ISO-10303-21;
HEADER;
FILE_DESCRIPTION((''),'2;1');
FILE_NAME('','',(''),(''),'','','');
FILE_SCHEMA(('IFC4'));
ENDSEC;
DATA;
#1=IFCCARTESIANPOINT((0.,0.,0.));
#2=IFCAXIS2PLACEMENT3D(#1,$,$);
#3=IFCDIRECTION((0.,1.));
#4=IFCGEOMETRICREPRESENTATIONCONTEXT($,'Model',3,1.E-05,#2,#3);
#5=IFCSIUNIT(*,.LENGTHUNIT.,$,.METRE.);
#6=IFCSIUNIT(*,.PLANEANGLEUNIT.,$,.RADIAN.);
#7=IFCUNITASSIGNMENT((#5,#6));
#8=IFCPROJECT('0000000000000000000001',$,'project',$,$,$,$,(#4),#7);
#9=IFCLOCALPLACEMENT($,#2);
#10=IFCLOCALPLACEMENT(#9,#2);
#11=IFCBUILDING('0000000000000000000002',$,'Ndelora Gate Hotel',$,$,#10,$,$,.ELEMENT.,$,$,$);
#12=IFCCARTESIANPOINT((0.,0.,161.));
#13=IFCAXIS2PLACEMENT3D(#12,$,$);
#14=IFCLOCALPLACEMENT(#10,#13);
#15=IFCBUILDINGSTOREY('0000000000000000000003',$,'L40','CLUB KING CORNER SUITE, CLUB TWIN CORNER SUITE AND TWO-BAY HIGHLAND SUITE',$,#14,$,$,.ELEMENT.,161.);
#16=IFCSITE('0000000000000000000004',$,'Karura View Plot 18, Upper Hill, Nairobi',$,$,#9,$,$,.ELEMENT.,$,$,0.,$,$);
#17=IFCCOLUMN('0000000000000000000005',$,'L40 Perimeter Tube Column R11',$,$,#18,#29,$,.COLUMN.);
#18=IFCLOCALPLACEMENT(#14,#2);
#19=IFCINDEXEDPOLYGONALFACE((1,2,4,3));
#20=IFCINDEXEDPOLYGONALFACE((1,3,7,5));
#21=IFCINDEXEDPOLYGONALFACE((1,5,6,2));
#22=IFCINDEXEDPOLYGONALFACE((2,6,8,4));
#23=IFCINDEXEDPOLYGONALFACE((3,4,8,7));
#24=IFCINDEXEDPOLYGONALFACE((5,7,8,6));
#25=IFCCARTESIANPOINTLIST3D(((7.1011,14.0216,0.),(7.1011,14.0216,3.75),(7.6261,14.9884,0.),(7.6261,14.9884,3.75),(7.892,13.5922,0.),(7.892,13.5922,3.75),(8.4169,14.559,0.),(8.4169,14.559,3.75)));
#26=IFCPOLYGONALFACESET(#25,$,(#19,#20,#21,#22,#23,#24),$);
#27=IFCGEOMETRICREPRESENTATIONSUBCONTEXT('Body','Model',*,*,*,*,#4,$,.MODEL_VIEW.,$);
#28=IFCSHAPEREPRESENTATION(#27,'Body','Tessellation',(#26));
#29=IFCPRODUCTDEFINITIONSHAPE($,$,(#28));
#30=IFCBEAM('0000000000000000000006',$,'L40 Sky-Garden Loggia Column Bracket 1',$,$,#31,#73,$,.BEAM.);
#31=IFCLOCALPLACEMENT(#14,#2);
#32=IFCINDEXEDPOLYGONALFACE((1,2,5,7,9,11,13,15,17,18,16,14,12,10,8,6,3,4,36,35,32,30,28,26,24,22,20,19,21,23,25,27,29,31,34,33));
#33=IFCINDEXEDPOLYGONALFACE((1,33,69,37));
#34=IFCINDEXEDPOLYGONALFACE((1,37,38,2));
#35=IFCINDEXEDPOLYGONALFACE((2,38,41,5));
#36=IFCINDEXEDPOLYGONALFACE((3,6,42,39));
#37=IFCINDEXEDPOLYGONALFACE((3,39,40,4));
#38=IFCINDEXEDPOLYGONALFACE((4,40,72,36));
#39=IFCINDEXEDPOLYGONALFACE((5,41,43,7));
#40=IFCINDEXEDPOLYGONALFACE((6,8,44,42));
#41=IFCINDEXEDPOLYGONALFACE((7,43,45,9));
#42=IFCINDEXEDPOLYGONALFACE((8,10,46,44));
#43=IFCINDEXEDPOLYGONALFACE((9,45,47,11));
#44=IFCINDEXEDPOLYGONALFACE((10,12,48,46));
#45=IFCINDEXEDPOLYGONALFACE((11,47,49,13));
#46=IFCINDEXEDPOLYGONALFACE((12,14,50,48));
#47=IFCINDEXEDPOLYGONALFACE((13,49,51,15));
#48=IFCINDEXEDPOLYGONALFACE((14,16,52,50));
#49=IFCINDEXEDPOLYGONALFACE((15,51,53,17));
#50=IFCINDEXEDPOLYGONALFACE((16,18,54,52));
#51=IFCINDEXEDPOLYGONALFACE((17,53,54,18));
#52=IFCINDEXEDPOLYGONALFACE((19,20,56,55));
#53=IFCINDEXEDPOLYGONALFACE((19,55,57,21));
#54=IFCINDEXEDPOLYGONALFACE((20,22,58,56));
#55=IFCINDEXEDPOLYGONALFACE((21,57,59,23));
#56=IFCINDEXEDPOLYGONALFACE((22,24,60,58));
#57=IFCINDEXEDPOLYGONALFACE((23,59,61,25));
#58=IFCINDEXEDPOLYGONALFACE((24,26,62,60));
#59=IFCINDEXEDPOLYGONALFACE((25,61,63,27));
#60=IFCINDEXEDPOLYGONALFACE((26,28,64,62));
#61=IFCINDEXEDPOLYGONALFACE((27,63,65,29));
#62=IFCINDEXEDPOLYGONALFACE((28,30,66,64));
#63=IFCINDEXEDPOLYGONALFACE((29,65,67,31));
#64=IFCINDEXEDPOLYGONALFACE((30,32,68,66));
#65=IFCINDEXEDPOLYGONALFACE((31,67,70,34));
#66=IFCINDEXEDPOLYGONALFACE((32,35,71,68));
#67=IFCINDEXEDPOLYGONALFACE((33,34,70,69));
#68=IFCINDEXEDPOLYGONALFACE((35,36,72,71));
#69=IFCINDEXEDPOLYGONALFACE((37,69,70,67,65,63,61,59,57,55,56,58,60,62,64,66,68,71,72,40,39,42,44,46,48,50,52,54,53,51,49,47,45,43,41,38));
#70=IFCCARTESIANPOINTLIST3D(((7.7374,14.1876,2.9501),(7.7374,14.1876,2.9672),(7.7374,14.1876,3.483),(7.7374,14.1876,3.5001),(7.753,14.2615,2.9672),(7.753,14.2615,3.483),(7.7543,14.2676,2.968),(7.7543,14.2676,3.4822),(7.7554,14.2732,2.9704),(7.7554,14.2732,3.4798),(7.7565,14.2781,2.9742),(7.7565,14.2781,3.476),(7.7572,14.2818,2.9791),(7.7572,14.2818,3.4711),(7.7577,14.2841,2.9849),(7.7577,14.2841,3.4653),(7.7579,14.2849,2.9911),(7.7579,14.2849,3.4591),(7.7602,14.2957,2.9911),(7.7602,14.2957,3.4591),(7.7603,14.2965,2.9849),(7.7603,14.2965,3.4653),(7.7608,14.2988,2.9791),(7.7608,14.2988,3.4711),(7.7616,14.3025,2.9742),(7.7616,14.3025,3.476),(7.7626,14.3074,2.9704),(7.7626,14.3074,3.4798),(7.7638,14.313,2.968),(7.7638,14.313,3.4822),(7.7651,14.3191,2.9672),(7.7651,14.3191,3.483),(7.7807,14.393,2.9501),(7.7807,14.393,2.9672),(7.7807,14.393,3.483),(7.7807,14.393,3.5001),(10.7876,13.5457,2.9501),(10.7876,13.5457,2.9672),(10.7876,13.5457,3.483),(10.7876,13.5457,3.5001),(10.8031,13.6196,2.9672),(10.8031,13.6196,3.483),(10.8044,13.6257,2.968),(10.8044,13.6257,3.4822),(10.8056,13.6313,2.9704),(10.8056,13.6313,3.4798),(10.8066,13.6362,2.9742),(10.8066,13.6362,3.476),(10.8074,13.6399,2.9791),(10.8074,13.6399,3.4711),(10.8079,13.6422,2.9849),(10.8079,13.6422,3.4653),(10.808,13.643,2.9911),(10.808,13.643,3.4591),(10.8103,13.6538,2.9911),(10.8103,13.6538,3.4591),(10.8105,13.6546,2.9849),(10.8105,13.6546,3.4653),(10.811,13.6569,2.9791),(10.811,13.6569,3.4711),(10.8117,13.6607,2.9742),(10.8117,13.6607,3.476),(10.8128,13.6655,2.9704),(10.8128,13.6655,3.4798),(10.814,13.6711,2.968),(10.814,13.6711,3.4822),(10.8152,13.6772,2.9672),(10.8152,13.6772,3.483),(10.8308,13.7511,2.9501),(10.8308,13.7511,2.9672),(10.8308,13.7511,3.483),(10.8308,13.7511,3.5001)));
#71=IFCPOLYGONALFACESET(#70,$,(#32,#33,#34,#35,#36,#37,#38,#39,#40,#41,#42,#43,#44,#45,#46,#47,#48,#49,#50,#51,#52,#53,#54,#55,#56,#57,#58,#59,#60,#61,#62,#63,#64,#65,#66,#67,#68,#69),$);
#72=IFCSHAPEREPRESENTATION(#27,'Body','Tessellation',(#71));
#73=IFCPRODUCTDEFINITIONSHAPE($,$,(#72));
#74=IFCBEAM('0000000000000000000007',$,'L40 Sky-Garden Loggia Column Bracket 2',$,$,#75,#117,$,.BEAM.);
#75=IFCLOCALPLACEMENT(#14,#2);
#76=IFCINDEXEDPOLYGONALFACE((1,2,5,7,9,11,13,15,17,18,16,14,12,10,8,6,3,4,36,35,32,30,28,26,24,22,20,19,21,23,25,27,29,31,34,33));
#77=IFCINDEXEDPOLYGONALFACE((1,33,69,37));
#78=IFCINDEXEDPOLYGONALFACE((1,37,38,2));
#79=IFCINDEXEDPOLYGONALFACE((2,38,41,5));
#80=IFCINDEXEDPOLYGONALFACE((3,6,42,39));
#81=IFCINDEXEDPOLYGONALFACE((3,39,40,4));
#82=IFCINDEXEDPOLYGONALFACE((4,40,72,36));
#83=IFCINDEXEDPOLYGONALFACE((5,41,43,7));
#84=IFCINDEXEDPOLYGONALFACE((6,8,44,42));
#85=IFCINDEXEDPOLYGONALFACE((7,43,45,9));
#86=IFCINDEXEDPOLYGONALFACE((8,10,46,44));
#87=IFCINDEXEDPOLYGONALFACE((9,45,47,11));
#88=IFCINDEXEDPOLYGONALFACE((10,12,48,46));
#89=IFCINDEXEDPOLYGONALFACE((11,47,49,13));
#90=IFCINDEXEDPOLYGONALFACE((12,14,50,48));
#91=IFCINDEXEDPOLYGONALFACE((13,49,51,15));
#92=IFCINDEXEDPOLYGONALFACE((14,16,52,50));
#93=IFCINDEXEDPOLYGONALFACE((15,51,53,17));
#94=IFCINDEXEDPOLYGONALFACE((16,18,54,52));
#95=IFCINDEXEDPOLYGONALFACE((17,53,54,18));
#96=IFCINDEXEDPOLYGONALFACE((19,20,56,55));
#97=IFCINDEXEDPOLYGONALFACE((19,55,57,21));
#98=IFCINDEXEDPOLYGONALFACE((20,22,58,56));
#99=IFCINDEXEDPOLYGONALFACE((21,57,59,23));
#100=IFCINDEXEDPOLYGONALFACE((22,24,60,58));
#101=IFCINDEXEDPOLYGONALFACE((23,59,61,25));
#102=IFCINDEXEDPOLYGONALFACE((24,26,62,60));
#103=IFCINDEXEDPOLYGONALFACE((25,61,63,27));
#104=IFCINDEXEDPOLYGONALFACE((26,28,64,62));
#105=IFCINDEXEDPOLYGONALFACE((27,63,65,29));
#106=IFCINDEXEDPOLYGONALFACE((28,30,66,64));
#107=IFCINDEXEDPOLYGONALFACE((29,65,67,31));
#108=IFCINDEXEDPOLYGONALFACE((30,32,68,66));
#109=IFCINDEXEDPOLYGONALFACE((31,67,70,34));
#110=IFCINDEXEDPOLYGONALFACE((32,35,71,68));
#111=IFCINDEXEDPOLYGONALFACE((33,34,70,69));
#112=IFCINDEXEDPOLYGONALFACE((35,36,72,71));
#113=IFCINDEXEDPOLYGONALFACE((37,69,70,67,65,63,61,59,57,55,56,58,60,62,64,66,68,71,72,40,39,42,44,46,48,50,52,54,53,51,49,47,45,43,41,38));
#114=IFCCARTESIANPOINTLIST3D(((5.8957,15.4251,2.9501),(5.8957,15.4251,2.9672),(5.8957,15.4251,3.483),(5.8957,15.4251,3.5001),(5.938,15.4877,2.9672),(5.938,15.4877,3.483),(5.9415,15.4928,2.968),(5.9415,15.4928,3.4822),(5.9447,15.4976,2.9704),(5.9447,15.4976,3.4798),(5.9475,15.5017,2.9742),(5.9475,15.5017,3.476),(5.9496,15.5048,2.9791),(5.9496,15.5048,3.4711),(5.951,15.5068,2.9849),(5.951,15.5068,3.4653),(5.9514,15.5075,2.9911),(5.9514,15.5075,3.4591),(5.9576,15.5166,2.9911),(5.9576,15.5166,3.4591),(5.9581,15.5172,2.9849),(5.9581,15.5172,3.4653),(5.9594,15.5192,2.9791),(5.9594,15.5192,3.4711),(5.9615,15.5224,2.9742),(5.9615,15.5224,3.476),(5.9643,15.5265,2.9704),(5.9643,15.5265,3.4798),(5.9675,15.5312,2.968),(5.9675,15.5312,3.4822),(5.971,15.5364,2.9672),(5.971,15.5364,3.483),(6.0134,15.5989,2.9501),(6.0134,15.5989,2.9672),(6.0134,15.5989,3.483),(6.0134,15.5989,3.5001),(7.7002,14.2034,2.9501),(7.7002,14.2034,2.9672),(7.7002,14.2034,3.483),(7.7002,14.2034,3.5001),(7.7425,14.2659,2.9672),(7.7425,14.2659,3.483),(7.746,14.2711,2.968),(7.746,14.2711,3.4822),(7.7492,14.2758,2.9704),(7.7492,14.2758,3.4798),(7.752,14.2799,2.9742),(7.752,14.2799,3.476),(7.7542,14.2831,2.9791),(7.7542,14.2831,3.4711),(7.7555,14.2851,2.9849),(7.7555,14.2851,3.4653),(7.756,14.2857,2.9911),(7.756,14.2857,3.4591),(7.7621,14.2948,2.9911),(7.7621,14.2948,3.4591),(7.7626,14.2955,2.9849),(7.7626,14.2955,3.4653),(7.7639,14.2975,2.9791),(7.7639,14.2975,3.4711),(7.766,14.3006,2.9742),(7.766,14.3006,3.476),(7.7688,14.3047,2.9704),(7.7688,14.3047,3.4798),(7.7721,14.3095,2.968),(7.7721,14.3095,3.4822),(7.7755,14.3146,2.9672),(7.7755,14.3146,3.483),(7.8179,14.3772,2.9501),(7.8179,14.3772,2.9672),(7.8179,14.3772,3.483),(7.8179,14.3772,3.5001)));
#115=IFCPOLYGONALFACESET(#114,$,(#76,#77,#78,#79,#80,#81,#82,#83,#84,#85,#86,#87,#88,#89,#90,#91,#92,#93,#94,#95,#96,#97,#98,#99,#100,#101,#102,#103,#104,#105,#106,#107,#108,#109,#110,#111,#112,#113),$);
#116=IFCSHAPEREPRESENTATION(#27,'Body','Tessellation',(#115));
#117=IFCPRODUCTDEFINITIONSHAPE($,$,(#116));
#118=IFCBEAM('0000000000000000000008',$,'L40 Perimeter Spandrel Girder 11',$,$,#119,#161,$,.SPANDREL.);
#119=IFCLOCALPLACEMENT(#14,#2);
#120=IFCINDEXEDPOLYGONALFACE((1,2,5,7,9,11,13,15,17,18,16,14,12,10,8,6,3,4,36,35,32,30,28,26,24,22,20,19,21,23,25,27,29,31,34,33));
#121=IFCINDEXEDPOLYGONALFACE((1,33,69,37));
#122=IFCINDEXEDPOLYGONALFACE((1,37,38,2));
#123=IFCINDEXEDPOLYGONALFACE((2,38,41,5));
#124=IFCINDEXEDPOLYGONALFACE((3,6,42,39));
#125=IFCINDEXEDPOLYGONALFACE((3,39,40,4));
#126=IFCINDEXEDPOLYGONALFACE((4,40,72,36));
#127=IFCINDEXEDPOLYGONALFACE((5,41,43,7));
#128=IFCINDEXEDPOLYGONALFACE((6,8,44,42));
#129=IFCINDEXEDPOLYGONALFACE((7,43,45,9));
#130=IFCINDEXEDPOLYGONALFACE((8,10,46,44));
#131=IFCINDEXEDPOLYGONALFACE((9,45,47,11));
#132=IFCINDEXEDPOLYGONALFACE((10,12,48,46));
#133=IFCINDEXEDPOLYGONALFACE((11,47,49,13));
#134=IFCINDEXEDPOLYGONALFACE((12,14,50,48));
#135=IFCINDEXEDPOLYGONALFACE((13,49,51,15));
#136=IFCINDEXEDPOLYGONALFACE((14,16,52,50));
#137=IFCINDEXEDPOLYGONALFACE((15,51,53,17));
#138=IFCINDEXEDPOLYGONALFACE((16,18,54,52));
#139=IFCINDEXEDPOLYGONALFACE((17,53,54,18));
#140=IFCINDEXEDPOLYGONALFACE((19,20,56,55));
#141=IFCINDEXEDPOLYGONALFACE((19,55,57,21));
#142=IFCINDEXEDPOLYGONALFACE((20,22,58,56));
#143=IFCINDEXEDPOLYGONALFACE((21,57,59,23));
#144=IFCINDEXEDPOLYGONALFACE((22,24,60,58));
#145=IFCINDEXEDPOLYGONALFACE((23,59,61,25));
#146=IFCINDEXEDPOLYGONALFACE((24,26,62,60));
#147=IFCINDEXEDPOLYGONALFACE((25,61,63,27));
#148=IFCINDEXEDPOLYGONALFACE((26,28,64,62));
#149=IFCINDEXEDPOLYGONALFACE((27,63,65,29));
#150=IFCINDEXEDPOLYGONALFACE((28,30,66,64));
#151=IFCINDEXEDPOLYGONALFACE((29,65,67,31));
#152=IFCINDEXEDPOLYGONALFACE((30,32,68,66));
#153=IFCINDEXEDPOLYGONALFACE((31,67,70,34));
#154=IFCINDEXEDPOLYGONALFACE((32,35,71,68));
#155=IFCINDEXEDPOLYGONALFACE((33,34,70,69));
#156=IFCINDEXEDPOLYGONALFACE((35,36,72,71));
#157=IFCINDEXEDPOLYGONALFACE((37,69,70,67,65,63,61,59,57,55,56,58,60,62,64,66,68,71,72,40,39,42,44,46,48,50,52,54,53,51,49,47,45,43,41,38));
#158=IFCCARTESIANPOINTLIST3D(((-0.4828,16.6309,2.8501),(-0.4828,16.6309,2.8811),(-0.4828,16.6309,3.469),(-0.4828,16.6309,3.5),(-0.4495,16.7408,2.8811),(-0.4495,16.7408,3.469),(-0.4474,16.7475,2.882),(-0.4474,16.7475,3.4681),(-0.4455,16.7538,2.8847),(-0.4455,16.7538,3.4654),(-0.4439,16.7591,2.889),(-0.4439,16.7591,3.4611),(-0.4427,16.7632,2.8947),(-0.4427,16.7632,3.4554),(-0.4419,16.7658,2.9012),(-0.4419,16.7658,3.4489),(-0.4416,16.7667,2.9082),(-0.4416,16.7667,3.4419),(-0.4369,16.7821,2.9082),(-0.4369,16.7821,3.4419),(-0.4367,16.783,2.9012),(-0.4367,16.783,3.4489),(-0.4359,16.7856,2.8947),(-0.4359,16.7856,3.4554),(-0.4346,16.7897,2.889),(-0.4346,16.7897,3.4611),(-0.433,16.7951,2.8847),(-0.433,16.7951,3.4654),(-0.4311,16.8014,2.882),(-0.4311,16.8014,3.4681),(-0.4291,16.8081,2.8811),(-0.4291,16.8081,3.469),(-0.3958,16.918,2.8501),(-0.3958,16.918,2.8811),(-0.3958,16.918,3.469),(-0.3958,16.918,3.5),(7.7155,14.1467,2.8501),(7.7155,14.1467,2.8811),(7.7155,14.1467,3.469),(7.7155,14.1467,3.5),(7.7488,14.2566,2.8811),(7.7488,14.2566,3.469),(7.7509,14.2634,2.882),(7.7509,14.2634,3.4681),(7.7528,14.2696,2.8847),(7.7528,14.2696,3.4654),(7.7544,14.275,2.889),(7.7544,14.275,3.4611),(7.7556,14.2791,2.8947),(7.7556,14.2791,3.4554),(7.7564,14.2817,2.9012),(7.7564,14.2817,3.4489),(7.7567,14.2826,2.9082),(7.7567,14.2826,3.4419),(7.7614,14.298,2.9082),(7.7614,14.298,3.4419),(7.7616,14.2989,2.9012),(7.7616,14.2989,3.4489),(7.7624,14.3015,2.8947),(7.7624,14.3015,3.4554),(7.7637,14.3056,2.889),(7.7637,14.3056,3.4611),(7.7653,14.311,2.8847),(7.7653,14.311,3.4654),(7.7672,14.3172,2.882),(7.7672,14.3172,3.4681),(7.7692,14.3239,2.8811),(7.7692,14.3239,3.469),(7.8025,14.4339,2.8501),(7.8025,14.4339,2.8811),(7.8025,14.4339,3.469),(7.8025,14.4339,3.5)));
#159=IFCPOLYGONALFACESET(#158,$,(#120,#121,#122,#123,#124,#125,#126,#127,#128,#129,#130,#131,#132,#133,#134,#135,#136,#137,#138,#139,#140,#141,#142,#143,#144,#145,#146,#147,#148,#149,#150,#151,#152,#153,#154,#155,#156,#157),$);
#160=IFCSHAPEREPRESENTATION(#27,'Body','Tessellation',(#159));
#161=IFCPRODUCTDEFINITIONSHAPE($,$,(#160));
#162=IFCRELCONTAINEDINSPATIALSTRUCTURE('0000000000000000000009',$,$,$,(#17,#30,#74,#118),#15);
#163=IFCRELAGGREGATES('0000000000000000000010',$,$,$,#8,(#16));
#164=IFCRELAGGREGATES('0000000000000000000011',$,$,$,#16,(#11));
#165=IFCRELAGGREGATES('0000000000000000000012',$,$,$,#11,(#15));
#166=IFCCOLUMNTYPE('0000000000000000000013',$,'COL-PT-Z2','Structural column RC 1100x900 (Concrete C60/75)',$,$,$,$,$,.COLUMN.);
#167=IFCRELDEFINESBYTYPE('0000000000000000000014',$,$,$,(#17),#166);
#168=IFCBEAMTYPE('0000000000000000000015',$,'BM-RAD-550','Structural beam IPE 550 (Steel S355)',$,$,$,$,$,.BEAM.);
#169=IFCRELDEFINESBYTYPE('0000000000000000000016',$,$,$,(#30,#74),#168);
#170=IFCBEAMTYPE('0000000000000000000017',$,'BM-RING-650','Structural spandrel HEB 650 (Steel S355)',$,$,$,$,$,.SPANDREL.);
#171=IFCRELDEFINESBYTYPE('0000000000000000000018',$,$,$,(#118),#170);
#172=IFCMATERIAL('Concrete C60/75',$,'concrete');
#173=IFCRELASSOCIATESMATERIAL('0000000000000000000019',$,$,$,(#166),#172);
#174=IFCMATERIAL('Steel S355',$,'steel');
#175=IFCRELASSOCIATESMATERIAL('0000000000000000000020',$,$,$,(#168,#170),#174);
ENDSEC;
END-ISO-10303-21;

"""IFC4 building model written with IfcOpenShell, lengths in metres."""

from ifc_helpers import new_model, si_unit, direction, frame, origin, origin_2d, place, context, subcontext, project, spatial, rectangle, i_section, extrude, material, material_profile, profile_set, type_object, element, save


model = new_model("IFC4")

# Units and contexts
model_context = context("Model", 3, precision=1e-05, world=origin(), true_north=direction((0.0, 1.0)))
body_context = subcontext(model_context, "Body", "Model", "MODEL_VIEW")
ifc_project = project(units=[si_unit("LENGTHUNIT", "METRE"), si_unit("PLANEANGLEUNIT", "RADIAN")], contexts=[model_context])

# Site, building, storey
site_placement = place(None, origin())
site = spatial("IfcSite", under=ifc_project, at=site_placement, Name="Karura View Plot 18, Upper Hill, Nairobi", CompositionType="ELEMENT", RefElevation=0.0)
building_placement = place(site_placement, origin())
building = spatial("IfcBuilding", under=site, at=building_placement, Name="Ndelora Gate Hotel", CompositionType="ELEMENT")
storey_placement = place(building_placement, frame((0.0, 0.0, 161.0)))
storey = spatial("IfcBuildingStorey", under=building, at=storey_placement, Name="L40", Description="CLUB KING CORNER SUITE, CLUB TWIN CORNER SUITE AND TWO-BAY HIGHLAND SUITE", CompositionType="ELEMENT", Elevation=161.0)

# Column
ifc_material_1 = material(Name="Concrete C60/75", Category="concrete")
ifc_material_profile_1 = material_profile(ifc_material_1, rectangle(XDim=0.8999, YDim=1.1001, at=origin_2d()), Name="RC 1100x900")
ifc_profile_set_1 = profile_set([ifc_material_profile_1], Name="Concrete C60/75")
column_type = type_object("IfcColumnType", Name="COL-PT-Z2", Description="Structural column RC 1100x900 (Concrete C60/75)", PredefinedType="COLUMN", material=ifc_profile_set_1)
column_placement = place(storey_placement, frame((7.759, 14.2903, 0.0), z_axis=(0.0, 0.0, 1.0), x_axis=(-0.878817, 0.477159, 0.0)))
element("IfcColumn", 1, at=column_placement, inside=storey, type_object=column_type, Name="L40 Perimeter Tube Column R11", PredefinedType="COLUMN", context=body_context, shape_type="SweptSolid", body=[
    extrude(rectangle(XDim=0.8999, YDim=1.1001, at=origin_2d()), origin(), (0.0, 0.0, 1.0), 3.75),
])

# Beams
ifc_material_2 = material(Name="Steel S355", Category="steel")
ifc_material_profile_2 = material_profile(ifc_material_2, i_section(OverallWidth=0.21, OverallDepth=0.55, WebThickness=0.011, FlangeThickness=0.0171, FilletRadius=0.0239, at=origin_2d()), Name="IPE 550")
ifc_profile_set_2 = profile_set([ifc_material_profile_2], Name="Steel S355")
beam_type_1 = type_object("IfcBeamType", Name="BM-RAD-550", Description="Structural beam IPE 550 (Steel S355)", PredefinedType="BEAM", material=ifc_profile_set_2)
beam_1_placement = place(storey_placement, frame((7.759, 14.2903, 3.2251), z_axis=(0.978567, -0.205928, 0.0), x_axis=(0.205928, 0.978567, 0.0)))
element("IfcBeam", 2, at=beam_1_placement, inside=storey, type_object=beam_type_1, Name="L40 Sky-Garden Loggia Column Bracket 1", PredefinedType="BEAM", context=body_context, shape_type="SweptSolid", body=[
    extrude(i_section(OverallWidth=0.21, OverallDepth=0.55, WebThickness=0.011, FlangeThickness=0.0171, FilletRadius=0.0239, at=origin_2d()), origin(), (0.0, 0.0, 1.0), 3.1169),
])
beam_2_placement = place(storey_placement, frame((7.759, 14.2903, 3.2251), z_axis=(-0.828065, 0.560633, 0.0), x_axis=(-0.560633, -0.828065, 0.0)))
element("IfcBeam", 3, at=beam_2_placement, inside=storey, type_object=beam_type_1, Name="L40 Sky-Garden Loggia Column Bracket 2", PredefinedType="BEAM", context=body_context, shape_type="SweptSolid", body=[
    extrude(i_section(OverallWidth=0.21, OverallDepth=0.55, WebThickness=0.011, FlangeThickness=0.0171, FilletRadius=0.0239, at=origin_2d()), origin(), (0.0, 0.0, 1.0), 2.1792),
])
ifc_material_profile_3 = material_profile(ifc_material_2, i_section(OverallWidth=0.3, OverallDepth=0.6499, WebThickness=0.0161, FlangeThickness=0.031, FilletRadius=0.0271, at=origin_2d()), Name="HEB 650")
ifc_profile_set_3 = profile_set([ifc_material_profile_3], Name="Steel S355")
beam_type_2 = type_object("IfcBeamType", Name="BM-RING-650", Description="Structural spandrel HEB 650 (Steel S355)", PredefinedType="SPANDREL", material=ifc_profile_set_3)
beam_3_placement = place(storey_placement, frame((7.759, 14.2903, 3.175), z_axis=(-0.95703, 0.289988, 0.0), x_axis=(-0.289988, -0.95703, 0.0)))
element("IfcBeam", 4, at=beam_3_placement, inside=storey, type_object=beam_type_2, Name="L40 Perimeter Spandrel Girder 11", PredefinedType="SPANDREL", context=body_context, shape_type="SweptSolid", body=[
    extrude(i_section(OverallWidth=0.3, OverallDepth=0.6499, WebThickness=0.0161, FlangeThickness=0.031, FilletRadius=0.0271, at=origin_2d()), origin(), (0.0, 0.0, 1.0), 8.5664),
])

save(model, "model.ifc")
